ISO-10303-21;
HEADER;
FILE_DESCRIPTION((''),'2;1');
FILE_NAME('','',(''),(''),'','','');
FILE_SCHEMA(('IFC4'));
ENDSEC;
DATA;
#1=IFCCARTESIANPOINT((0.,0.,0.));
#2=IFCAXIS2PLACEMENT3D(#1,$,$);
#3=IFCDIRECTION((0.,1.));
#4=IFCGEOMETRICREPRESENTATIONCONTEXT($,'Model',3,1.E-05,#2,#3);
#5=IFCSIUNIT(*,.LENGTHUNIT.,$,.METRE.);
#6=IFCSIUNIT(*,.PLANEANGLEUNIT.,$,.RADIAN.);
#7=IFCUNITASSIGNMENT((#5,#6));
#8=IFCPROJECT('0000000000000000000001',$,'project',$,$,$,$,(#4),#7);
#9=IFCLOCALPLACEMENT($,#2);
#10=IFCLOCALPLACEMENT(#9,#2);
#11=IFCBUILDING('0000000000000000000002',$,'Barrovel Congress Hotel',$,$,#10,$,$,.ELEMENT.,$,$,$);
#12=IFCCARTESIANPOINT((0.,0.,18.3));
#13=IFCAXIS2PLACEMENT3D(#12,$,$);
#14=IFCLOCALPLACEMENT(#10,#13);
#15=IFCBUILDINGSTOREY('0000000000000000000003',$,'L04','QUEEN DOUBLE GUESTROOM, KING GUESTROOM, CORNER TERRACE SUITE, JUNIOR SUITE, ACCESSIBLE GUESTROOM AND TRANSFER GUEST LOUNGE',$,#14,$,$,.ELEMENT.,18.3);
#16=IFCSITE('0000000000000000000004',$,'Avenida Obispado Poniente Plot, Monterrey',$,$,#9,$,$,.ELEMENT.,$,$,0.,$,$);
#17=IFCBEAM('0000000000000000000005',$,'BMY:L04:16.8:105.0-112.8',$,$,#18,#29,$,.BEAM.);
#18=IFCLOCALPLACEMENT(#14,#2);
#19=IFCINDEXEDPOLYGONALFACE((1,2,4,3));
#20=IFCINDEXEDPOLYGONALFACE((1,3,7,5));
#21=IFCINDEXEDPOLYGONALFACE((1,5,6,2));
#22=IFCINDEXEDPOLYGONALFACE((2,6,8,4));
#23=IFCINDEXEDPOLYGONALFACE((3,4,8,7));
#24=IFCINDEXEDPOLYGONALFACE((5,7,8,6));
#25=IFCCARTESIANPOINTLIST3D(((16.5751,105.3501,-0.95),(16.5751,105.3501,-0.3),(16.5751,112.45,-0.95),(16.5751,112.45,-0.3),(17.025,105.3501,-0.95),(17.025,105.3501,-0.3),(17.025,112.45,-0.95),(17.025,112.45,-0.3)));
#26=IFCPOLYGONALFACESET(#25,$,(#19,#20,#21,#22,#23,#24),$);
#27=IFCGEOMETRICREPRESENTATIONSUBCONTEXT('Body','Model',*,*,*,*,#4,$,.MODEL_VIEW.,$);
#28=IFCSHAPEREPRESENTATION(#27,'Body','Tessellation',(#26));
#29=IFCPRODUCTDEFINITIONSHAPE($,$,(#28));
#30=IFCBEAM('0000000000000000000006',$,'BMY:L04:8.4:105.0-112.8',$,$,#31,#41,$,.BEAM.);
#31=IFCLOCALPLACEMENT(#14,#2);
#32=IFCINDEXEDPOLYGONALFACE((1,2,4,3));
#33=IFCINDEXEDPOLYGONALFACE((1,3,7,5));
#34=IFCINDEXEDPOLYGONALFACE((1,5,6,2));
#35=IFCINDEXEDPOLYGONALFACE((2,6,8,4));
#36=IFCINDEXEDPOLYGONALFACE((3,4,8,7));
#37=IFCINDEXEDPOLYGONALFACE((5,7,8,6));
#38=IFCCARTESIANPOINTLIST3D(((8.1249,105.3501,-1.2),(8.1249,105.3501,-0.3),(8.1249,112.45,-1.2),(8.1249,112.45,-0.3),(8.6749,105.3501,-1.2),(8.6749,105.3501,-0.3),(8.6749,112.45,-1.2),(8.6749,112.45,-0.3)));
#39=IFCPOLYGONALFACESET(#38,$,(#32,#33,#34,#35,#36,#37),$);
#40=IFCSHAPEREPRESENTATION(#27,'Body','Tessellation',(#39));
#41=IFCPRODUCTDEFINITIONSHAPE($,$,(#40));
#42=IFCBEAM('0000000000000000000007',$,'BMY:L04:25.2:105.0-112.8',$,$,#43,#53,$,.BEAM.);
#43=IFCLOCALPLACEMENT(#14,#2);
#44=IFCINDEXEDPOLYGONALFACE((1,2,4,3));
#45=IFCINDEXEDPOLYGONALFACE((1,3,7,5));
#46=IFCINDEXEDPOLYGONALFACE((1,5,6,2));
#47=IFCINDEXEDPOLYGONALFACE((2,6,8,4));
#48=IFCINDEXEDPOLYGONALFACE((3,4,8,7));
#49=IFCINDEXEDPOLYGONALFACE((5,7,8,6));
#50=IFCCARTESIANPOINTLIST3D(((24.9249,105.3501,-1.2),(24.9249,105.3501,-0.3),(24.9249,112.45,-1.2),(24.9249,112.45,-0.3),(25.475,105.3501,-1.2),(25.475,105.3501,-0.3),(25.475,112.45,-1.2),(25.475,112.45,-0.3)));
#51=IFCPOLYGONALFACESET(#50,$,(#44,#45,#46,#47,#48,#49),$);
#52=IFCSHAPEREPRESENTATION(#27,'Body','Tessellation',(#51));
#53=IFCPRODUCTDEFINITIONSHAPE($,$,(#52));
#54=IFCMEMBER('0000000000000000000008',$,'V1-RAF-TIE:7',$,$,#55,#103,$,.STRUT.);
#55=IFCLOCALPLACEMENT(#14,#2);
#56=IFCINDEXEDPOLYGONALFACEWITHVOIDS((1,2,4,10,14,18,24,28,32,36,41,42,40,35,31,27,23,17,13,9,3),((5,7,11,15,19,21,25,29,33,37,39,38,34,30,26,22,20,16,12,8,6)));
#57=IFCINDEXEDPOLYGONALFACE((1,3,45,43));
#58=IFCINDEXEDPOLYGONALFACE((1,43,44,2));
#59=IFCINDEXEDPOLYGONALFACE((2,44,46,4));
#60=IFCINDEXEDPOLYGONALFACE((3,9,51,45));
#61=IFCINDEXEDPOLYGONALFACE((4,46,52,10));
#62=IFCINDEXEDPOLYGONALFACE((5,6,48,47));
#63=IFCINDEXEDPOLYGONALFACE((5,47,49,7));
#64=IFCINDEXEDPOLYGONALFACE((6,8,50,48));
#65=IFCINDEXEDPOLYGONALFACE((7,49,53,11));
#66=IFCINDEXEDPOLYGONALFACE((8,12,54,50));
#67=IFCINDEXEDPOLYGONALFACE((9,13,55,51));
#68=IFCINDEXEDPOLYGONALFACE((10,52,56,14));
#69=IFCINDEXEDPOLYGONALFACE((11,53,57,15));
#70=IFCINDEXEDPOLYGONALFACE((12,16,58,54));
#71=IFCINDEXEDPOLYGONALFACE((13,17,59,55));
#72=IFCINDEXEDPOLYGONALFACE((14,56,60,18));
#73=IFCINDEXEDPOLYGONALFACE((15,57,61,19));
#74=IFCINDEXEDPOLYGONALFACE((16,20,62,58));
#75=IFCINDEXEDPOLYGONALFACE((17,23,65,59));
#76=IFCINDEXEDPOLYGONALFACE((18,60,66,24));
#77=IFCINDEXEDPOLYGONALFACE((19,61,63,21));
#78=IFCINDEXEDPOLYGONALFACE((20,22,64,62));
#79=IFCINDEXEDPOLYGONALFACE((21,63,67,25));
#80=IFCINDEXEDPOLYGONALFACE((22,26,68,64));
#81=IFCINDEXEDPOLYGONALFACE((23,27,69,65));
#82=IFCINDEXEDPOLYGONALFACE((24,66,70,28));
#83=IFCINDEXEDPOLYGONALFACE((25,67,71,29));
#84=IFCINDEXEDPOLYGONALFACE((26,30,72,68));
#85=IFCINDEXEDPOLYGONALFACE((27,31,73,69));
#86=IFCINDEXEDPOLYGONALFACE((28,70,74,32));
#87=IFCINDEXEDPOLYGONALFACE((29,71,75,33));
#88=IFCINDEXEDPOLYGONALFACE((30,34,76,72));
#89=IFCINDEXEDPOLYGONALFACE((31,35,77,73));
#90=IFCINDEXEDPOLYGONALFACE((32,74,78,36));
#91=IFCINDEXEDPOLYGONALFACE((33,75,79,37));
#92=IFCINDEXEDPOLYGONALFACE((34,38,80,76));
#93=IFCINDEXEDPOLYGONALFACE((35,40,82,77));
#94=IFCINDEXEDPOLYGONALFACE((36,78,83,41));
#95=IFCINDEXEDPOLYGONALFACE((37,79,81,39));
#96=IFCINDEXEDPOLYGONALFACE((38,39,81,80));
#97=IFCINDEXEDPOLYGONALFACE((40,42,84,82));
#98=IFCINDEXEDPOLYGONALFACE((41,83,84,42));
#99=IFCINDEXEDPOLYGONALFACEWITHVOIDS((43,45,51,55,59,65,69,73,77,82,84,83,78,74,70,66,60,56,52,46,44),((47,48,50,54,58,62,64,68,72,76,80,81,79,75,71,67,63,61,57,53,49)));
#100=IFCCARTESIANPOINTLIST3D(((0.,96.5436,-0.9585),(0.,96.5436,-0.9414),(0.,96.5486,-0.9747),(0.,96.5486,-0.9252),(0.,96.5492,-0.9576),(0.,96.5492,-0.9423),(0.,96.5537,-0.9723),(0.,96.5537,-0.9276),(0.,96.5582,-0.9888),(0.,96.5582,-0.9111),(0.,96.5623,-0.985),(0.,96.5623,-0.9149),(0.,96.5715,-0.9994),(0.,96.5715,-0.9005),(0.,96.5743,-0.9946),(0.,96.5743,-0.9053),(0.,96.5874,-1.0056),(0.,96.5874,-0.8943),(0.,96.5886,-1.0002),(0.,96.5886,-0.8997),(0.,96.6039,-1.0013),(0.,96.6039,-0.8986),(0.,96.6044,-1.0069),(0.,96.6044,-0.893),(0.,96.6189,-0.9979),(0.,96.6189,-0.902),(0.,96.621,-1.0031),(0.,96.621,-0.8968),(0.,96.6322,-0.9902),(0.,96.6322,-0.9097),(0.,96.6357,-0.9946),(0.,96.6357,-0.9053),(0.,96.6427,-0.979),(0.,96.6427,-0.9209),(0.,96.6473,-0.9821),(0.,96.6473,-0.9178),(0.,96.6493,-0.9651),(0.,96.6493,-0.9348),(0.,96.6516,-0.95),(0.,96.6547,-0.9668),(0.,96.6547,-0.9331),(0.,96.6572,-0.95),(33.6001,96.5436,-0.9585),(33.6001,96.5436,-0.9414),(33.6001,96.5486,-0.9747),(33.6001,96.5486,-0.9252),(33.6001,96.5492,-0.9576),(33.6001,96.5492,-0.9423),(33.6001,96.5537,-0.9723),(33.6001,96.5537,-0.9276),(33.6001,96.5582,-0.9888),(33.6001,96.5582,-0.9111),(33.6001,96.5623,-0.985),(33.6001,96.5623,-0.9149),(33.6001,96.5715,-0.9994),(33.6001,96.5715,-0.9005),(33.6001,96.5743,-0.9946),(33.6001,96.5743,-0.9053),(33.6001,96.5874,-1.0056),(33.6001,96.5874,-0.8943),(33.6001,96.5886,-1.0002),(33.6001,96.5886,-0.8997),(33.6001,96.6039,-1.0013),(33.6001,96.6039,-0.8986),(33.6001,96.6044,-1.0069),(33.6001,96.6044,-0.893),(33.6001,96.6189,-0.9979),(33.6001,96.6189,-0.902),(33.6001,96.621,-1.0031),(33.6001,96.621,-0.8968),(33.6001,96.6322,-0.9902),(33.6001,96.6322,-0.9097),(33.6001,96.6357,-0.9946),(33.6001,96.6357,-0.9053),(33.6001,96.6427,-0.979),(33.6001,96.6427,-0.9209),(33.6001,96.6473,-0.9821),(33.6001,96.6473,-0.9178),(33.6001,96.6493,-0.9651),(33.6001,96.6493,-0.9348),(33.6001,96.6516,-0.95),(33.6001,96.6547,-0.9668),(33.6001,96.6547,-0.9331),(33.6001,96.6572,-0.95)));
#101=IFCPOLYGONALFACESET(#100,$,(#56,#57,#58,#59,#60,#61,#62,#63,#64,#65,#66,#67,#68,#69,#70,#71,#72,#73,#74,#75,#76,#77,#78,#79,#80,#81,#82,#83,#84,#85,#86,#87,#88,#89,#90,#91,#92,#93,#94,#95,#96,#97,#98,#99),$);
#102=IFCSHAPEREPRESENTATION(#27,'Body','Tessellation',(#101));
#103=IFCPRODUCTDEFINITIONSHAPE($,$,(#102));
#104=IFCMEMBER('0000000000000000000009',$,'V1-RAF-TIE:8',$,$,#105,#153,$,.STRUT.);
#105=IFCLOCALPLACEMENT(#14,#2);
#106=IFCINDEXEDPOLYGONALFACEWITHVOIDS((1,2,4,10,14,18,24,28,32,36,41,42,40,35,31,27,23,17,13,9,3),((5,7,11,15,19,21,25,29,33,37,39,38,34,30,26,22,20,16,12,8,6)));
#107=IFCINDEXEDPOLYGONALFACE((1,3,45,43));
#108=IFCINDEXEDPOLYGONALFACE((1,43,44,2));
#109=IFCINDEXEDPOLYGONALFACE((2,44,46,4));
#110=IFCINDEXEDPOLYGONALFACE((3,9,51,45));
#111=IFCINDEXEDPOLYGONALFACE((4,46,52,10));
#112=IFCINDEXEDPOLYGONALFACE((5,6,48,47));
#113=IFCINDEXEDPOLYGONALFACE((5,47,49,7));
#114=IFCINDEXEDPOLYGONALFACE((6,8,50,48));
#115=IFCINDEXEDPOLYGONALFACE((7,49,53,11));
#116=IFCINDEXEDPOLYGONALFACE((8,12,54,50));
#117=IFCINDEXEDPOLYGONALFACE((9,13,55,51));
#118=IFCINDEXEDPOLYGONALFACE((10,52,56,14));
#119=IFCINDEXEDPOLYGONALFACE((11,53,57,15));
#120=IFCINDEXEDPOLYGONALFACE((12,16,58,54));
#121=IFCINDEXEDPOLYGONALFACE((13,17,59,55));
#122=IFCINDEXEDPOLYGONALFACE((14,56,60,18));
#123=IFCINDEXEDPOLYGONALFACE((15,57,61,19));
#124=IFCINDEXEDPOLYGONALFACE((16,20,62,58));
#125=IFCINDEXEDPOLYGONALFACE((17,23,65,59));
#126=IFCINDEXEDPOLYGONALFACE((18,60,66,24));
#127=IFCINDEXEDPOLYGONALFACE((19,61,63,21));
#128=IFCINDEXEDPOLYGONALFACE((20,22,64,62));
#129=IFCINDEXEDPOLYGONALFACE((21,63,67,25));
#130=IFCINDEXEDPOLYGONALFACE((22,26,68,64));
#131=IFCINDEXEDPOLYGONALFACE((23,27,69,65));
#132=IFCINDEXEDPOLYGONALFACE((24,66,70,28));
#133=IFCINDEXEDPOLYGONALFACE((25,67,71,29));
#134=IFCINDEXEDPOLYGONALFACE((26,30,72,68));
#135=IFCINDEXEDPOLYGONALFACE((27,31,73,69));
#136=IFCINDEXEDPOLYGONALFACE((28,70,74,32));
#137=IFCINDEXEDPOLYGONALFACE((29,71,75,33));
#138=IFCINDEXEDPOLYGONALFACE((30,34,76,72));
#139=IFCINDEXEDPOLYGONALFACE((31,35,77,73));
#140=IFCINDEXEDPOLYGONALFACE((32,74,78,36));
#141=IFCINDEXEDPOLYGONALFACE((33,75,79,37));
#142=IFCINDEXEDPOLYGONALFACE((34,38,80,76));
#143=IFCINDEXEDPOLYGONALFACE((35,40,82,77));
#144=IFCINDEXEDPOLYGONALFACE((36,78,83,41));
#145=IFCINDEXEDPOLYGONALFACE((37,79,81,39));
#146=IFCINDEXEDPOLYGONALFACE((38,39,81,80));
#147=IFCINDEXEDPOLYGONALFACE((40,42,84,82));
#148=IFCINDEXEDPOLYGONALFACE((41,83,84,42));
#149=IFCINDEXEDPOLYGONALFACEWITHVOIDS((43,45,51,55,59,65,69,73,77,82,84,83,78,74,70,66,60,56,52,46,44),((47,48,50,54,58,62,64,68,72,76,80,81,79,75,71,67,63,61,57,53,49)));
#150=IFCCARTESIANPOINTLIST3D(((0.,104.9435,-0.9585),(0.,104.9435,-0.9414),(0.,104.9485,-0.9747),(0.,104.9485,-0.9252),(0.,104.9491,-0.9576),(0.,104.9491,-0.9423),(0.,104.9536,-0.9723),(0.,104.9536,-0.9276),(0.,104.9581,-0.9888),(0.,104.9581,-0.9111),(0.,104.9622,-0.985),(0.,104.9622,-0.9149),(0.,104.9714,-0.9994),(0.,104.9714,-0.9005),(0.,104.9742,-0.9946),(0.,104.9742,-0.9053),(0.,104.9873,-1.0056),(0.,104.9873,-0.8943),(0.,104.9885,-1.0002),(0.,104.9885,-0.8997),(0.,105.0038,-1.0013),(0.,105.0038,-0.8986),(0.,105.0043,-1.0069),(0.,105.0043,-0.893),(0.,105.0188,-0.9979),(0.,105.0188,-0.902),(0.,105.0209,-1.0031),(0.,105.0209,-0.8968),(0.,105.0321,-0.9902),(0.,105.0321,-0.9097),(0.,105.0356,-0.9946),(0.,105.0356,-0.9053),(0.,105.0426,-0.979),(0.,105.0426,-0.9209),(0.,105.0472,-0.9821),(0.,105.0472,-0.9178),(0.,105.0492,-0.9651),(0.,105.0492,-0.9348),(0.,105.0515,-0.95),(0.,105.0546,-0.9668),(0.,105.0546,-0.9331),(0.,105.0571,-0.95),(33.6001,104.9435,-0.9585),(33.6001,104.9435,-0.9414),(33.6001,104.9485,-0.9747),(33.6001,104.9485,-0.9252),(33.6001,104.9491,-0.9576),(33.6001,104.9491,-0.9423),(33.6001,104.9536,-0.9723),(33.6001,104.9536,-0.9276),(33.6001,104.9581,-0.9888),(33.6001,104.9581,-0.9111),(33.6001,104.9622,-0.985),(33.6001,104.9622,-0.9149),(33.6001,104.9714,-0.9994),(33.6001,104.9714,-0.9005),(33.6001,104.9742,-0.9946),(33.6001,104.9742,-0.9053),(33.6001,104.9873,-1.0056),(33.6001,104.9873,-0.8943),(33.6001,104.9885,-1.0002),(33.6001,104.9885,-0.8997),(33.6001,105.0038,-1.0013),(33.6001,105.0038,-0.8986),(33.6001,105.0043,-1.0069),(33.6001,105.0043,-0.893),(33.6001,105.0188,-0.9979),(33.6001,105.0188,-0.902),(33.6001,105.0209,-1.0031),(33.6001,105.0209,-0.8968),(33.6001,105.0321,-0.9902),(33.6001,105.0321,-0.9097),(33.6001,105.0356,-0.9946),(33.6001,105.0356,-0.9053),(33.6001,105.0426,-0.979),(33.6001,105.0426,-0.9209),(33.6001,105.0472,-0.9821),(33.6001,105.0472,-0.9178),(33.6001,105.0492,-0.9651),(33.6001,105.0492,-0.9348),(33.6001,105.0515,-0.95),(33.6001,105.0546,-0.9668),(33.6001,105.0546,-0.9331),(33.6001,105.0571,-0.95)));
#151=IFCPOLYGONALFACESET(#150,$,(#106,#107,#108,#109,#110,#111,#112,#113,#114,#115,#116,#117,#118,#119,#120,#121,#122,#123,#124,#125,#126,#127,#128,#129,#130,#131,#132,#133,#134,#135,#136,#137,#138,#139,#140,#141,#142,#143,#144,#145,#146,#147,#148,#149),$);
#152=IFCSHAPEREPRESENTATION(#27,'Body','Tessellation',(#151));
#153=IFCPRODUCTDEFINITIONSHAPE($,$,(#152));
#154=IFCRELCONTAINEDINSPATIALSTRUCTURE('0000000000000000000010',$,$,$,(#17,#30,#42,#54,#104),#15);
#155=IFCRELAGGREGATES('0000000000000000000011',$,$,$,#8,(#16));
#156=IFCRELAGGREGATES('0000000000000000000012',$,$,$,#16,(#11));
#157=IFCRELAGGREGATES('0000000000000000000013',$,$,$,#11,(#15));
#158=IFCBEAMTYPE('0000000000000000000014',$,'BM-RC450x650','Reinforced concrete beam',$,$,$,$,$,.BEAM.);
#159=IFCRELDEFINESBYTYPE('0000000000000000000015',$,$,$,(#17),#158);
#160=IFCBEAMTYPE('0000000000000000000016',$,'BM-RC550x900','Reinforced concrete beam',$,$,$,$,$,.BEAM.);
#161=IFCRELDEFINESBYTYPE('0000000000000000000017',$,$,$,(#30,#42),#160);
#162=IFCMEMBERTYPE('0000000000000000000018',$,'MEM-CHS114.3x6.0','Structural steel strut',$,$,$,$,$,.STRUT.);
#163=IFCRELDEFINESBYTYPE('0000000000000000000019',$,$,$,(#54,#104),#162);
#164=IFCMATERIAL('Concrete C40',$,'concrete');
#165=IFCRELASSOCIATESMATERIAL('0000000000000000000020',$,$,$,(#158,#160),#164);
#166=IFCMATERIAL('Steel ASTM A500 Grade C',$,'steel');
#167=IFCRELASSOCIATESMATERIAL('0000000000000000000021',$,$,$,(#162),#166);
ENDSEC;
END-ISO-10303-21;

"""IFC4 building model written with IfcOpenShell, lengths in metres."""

from ifc_helpers import new_model, si_unit, direction, frame, origin, origin_2d, place, context, subcontext, project, spatial, rectangle, hollow_circle, extrude, material, material_profile, profile_set, type_object, element, save


model = new_model("IFC4")

# Units and contexts
model_context = context("Model", 3, precision=1e-05, world=origin(), true_north=direction((0.0, 1.0)))
body_context = subcontext(model_context, "Body", "Model", "MODEL_VIEW")
ifc_project = project(units=[si_unit("LENGTHUNIT", "METRE"), si_unit("PLANEANGLEUNIT", "RADIAN")], contexts=[model_context])

# Site, building, storey
site_placement = place(None, origin())
site = spatial("IfcSite", under=ifc_project, at=site_placement, Name="Avenida Obispado Poniente Plot, Monterrey", CompositionType="ELEMENT", RefElevation=0.0)
building_placement = place(site_placement, origin())
building = spatial("IfcBuilding", under=site, at=building_placement, Name="Barrovel Congress Hotel", CompositionType="ELEMENT")
storey_placement = place(building_placement, frame((0.0, 0.0, 18.3)))
storey = spatial("IfcBuildingStorey", under=building, at=storey_placement, Name="L04", Description="QUEEN DOUBLE GUESTROOM, KING GUESTROOM, CORNER TERRACE SUITE, JUNIOR SUITE, ACCESSIBLE GUESTROOM AND TRANSFER GUEST LOUNGE", CompositionType="ELEMENT", Elevation=18.3)

# Beams
ifc_material_1 = material(Name="Concrete C40", Category="concrete")
ifc_material_profile_1 = material_profile(ifc_material_1, rectangle(XDim=0.45, YDim=0.6499, at=origin_2d()), Name="RC450x650")
ifc_profile_set_1 = profile_set([ifc_material_profile_1], Name="Concrete C40")
beam_type_1 = type_object("IfcBeamType", Name="BM-RC450x650", Description="Reinforced concrete beam", PredefinedType="BEAM", material=ifc_profile_set_1)
beam_placement = place(storey_placement, frame((16.8, 105.3501, -0.625), z_axis=(0.0, 1.0, 0.0), x_axis=(-1.0, 0.0, 0.0)))
element("IfcBeam", 1, at=beam_placement, inside=storey, type_object=beam_type_1, Name="BMY:L04:16.8:105.0-112.8", PredefinedType="BEAM", context=body_context, shape_type="SweptSolid", body=[
    extrude(rectangle(XDim=0.45, YDim=0.6499, at=origin_2d()), origin(), (0.0, 0.0, 1.0), 7.0999),
])
ifc_material_profile_2 = material_profile(ifc_material_1, rectangle(XDim=0.55, YDim=0.8999, at=origin_2d()), Name="RC550x900")
ifc_profile_set_2 = profile_set([ifc_material_profile_2], Name="Concrete C40")
beam_type_2 = type_object("IfcBeamType", Name="BM-RC550x900", Description="Reinforced concrete beam", PredefinedType="BEAM", material=ifc_profile_set_2)
for number, where, z_axis, x_axis, name in (
    (2, (8.3999, 105.3501, -0.75), (0.0, 1.0, 0.0), (-1.0, 0.0, 0.0), "BMY:L04:8.4:105.0-112.8"),
    (3, (25.2, 105.3501, -0.75), (0.0, 1.0, 0.0), (-1.0, 0.0, 0.0), "BMY:L04:25.2:105.0-112.8"),
):
    element("IfcBeam", number, at=place(storey_placement, frame(where, z_axis=z_axis, x_axis=x_axis)), inside=storey, type_object=beam_type_2, Name=name, PredefinedType="BEAM", context=body_context, shape_type="SweptSolid", body=[
        extrude(rectangle(XDim=0.55, YDim=0.8999, at=origin_2d()), origin(), (0.0, 0.0, 1.0), 7.0999),
    ])

# Members
ifc_material_2 = material(Name="Steel ASTM A500 Grade C", Category="steel")
ifc_material_profile_3 = material_profile(ifc_material_2, hollow_circle(Radius=0.0571, WallThickness=0.0056, at=origin_2d()), Name="CHS114.3x6.0")
ifc_profile_set_3 = profile_set([ifc_material_profile_3], Name="Steel ASTM A500 Grade C")
member_type_1 = type_object("IfcMemberType", Name="MEM-CHS114.3x6.0", Description="Structural steel strut", PredefinedType="STRUT", material=ifc_profile_set_3)
for number, where, z_axis, x_axis, name in (
    (4, (0.0, 96.6001, -0.95), (1.0, 0.0, 0.0), (0.0, 1.0, 0.0), "V1-RAF-TIE:7"),
    (5, (0.0, 105.0, -0.95), (1.0, 0.0, 0.0), (0.0, 1.0, 0.0), "V1-RAF-TIE:8"),
):
    element("IfcMember", number, at=place(storey_placement, frame(where, z_axis=z_axis, x_axis=x_axis)), inside=storey, type_object=member_type_1, Name=name, PredefinedType="STRUT", context=body_context, shape_type="SweptSolid", body=[
        extrude(hollow_circle(Radius=0.0571, WallThickness=0.0056, at=origin_2d()), origin(), (0.0, 0.0, 1.0), 33.6001),
    ])

save(model, "model.ifc")
